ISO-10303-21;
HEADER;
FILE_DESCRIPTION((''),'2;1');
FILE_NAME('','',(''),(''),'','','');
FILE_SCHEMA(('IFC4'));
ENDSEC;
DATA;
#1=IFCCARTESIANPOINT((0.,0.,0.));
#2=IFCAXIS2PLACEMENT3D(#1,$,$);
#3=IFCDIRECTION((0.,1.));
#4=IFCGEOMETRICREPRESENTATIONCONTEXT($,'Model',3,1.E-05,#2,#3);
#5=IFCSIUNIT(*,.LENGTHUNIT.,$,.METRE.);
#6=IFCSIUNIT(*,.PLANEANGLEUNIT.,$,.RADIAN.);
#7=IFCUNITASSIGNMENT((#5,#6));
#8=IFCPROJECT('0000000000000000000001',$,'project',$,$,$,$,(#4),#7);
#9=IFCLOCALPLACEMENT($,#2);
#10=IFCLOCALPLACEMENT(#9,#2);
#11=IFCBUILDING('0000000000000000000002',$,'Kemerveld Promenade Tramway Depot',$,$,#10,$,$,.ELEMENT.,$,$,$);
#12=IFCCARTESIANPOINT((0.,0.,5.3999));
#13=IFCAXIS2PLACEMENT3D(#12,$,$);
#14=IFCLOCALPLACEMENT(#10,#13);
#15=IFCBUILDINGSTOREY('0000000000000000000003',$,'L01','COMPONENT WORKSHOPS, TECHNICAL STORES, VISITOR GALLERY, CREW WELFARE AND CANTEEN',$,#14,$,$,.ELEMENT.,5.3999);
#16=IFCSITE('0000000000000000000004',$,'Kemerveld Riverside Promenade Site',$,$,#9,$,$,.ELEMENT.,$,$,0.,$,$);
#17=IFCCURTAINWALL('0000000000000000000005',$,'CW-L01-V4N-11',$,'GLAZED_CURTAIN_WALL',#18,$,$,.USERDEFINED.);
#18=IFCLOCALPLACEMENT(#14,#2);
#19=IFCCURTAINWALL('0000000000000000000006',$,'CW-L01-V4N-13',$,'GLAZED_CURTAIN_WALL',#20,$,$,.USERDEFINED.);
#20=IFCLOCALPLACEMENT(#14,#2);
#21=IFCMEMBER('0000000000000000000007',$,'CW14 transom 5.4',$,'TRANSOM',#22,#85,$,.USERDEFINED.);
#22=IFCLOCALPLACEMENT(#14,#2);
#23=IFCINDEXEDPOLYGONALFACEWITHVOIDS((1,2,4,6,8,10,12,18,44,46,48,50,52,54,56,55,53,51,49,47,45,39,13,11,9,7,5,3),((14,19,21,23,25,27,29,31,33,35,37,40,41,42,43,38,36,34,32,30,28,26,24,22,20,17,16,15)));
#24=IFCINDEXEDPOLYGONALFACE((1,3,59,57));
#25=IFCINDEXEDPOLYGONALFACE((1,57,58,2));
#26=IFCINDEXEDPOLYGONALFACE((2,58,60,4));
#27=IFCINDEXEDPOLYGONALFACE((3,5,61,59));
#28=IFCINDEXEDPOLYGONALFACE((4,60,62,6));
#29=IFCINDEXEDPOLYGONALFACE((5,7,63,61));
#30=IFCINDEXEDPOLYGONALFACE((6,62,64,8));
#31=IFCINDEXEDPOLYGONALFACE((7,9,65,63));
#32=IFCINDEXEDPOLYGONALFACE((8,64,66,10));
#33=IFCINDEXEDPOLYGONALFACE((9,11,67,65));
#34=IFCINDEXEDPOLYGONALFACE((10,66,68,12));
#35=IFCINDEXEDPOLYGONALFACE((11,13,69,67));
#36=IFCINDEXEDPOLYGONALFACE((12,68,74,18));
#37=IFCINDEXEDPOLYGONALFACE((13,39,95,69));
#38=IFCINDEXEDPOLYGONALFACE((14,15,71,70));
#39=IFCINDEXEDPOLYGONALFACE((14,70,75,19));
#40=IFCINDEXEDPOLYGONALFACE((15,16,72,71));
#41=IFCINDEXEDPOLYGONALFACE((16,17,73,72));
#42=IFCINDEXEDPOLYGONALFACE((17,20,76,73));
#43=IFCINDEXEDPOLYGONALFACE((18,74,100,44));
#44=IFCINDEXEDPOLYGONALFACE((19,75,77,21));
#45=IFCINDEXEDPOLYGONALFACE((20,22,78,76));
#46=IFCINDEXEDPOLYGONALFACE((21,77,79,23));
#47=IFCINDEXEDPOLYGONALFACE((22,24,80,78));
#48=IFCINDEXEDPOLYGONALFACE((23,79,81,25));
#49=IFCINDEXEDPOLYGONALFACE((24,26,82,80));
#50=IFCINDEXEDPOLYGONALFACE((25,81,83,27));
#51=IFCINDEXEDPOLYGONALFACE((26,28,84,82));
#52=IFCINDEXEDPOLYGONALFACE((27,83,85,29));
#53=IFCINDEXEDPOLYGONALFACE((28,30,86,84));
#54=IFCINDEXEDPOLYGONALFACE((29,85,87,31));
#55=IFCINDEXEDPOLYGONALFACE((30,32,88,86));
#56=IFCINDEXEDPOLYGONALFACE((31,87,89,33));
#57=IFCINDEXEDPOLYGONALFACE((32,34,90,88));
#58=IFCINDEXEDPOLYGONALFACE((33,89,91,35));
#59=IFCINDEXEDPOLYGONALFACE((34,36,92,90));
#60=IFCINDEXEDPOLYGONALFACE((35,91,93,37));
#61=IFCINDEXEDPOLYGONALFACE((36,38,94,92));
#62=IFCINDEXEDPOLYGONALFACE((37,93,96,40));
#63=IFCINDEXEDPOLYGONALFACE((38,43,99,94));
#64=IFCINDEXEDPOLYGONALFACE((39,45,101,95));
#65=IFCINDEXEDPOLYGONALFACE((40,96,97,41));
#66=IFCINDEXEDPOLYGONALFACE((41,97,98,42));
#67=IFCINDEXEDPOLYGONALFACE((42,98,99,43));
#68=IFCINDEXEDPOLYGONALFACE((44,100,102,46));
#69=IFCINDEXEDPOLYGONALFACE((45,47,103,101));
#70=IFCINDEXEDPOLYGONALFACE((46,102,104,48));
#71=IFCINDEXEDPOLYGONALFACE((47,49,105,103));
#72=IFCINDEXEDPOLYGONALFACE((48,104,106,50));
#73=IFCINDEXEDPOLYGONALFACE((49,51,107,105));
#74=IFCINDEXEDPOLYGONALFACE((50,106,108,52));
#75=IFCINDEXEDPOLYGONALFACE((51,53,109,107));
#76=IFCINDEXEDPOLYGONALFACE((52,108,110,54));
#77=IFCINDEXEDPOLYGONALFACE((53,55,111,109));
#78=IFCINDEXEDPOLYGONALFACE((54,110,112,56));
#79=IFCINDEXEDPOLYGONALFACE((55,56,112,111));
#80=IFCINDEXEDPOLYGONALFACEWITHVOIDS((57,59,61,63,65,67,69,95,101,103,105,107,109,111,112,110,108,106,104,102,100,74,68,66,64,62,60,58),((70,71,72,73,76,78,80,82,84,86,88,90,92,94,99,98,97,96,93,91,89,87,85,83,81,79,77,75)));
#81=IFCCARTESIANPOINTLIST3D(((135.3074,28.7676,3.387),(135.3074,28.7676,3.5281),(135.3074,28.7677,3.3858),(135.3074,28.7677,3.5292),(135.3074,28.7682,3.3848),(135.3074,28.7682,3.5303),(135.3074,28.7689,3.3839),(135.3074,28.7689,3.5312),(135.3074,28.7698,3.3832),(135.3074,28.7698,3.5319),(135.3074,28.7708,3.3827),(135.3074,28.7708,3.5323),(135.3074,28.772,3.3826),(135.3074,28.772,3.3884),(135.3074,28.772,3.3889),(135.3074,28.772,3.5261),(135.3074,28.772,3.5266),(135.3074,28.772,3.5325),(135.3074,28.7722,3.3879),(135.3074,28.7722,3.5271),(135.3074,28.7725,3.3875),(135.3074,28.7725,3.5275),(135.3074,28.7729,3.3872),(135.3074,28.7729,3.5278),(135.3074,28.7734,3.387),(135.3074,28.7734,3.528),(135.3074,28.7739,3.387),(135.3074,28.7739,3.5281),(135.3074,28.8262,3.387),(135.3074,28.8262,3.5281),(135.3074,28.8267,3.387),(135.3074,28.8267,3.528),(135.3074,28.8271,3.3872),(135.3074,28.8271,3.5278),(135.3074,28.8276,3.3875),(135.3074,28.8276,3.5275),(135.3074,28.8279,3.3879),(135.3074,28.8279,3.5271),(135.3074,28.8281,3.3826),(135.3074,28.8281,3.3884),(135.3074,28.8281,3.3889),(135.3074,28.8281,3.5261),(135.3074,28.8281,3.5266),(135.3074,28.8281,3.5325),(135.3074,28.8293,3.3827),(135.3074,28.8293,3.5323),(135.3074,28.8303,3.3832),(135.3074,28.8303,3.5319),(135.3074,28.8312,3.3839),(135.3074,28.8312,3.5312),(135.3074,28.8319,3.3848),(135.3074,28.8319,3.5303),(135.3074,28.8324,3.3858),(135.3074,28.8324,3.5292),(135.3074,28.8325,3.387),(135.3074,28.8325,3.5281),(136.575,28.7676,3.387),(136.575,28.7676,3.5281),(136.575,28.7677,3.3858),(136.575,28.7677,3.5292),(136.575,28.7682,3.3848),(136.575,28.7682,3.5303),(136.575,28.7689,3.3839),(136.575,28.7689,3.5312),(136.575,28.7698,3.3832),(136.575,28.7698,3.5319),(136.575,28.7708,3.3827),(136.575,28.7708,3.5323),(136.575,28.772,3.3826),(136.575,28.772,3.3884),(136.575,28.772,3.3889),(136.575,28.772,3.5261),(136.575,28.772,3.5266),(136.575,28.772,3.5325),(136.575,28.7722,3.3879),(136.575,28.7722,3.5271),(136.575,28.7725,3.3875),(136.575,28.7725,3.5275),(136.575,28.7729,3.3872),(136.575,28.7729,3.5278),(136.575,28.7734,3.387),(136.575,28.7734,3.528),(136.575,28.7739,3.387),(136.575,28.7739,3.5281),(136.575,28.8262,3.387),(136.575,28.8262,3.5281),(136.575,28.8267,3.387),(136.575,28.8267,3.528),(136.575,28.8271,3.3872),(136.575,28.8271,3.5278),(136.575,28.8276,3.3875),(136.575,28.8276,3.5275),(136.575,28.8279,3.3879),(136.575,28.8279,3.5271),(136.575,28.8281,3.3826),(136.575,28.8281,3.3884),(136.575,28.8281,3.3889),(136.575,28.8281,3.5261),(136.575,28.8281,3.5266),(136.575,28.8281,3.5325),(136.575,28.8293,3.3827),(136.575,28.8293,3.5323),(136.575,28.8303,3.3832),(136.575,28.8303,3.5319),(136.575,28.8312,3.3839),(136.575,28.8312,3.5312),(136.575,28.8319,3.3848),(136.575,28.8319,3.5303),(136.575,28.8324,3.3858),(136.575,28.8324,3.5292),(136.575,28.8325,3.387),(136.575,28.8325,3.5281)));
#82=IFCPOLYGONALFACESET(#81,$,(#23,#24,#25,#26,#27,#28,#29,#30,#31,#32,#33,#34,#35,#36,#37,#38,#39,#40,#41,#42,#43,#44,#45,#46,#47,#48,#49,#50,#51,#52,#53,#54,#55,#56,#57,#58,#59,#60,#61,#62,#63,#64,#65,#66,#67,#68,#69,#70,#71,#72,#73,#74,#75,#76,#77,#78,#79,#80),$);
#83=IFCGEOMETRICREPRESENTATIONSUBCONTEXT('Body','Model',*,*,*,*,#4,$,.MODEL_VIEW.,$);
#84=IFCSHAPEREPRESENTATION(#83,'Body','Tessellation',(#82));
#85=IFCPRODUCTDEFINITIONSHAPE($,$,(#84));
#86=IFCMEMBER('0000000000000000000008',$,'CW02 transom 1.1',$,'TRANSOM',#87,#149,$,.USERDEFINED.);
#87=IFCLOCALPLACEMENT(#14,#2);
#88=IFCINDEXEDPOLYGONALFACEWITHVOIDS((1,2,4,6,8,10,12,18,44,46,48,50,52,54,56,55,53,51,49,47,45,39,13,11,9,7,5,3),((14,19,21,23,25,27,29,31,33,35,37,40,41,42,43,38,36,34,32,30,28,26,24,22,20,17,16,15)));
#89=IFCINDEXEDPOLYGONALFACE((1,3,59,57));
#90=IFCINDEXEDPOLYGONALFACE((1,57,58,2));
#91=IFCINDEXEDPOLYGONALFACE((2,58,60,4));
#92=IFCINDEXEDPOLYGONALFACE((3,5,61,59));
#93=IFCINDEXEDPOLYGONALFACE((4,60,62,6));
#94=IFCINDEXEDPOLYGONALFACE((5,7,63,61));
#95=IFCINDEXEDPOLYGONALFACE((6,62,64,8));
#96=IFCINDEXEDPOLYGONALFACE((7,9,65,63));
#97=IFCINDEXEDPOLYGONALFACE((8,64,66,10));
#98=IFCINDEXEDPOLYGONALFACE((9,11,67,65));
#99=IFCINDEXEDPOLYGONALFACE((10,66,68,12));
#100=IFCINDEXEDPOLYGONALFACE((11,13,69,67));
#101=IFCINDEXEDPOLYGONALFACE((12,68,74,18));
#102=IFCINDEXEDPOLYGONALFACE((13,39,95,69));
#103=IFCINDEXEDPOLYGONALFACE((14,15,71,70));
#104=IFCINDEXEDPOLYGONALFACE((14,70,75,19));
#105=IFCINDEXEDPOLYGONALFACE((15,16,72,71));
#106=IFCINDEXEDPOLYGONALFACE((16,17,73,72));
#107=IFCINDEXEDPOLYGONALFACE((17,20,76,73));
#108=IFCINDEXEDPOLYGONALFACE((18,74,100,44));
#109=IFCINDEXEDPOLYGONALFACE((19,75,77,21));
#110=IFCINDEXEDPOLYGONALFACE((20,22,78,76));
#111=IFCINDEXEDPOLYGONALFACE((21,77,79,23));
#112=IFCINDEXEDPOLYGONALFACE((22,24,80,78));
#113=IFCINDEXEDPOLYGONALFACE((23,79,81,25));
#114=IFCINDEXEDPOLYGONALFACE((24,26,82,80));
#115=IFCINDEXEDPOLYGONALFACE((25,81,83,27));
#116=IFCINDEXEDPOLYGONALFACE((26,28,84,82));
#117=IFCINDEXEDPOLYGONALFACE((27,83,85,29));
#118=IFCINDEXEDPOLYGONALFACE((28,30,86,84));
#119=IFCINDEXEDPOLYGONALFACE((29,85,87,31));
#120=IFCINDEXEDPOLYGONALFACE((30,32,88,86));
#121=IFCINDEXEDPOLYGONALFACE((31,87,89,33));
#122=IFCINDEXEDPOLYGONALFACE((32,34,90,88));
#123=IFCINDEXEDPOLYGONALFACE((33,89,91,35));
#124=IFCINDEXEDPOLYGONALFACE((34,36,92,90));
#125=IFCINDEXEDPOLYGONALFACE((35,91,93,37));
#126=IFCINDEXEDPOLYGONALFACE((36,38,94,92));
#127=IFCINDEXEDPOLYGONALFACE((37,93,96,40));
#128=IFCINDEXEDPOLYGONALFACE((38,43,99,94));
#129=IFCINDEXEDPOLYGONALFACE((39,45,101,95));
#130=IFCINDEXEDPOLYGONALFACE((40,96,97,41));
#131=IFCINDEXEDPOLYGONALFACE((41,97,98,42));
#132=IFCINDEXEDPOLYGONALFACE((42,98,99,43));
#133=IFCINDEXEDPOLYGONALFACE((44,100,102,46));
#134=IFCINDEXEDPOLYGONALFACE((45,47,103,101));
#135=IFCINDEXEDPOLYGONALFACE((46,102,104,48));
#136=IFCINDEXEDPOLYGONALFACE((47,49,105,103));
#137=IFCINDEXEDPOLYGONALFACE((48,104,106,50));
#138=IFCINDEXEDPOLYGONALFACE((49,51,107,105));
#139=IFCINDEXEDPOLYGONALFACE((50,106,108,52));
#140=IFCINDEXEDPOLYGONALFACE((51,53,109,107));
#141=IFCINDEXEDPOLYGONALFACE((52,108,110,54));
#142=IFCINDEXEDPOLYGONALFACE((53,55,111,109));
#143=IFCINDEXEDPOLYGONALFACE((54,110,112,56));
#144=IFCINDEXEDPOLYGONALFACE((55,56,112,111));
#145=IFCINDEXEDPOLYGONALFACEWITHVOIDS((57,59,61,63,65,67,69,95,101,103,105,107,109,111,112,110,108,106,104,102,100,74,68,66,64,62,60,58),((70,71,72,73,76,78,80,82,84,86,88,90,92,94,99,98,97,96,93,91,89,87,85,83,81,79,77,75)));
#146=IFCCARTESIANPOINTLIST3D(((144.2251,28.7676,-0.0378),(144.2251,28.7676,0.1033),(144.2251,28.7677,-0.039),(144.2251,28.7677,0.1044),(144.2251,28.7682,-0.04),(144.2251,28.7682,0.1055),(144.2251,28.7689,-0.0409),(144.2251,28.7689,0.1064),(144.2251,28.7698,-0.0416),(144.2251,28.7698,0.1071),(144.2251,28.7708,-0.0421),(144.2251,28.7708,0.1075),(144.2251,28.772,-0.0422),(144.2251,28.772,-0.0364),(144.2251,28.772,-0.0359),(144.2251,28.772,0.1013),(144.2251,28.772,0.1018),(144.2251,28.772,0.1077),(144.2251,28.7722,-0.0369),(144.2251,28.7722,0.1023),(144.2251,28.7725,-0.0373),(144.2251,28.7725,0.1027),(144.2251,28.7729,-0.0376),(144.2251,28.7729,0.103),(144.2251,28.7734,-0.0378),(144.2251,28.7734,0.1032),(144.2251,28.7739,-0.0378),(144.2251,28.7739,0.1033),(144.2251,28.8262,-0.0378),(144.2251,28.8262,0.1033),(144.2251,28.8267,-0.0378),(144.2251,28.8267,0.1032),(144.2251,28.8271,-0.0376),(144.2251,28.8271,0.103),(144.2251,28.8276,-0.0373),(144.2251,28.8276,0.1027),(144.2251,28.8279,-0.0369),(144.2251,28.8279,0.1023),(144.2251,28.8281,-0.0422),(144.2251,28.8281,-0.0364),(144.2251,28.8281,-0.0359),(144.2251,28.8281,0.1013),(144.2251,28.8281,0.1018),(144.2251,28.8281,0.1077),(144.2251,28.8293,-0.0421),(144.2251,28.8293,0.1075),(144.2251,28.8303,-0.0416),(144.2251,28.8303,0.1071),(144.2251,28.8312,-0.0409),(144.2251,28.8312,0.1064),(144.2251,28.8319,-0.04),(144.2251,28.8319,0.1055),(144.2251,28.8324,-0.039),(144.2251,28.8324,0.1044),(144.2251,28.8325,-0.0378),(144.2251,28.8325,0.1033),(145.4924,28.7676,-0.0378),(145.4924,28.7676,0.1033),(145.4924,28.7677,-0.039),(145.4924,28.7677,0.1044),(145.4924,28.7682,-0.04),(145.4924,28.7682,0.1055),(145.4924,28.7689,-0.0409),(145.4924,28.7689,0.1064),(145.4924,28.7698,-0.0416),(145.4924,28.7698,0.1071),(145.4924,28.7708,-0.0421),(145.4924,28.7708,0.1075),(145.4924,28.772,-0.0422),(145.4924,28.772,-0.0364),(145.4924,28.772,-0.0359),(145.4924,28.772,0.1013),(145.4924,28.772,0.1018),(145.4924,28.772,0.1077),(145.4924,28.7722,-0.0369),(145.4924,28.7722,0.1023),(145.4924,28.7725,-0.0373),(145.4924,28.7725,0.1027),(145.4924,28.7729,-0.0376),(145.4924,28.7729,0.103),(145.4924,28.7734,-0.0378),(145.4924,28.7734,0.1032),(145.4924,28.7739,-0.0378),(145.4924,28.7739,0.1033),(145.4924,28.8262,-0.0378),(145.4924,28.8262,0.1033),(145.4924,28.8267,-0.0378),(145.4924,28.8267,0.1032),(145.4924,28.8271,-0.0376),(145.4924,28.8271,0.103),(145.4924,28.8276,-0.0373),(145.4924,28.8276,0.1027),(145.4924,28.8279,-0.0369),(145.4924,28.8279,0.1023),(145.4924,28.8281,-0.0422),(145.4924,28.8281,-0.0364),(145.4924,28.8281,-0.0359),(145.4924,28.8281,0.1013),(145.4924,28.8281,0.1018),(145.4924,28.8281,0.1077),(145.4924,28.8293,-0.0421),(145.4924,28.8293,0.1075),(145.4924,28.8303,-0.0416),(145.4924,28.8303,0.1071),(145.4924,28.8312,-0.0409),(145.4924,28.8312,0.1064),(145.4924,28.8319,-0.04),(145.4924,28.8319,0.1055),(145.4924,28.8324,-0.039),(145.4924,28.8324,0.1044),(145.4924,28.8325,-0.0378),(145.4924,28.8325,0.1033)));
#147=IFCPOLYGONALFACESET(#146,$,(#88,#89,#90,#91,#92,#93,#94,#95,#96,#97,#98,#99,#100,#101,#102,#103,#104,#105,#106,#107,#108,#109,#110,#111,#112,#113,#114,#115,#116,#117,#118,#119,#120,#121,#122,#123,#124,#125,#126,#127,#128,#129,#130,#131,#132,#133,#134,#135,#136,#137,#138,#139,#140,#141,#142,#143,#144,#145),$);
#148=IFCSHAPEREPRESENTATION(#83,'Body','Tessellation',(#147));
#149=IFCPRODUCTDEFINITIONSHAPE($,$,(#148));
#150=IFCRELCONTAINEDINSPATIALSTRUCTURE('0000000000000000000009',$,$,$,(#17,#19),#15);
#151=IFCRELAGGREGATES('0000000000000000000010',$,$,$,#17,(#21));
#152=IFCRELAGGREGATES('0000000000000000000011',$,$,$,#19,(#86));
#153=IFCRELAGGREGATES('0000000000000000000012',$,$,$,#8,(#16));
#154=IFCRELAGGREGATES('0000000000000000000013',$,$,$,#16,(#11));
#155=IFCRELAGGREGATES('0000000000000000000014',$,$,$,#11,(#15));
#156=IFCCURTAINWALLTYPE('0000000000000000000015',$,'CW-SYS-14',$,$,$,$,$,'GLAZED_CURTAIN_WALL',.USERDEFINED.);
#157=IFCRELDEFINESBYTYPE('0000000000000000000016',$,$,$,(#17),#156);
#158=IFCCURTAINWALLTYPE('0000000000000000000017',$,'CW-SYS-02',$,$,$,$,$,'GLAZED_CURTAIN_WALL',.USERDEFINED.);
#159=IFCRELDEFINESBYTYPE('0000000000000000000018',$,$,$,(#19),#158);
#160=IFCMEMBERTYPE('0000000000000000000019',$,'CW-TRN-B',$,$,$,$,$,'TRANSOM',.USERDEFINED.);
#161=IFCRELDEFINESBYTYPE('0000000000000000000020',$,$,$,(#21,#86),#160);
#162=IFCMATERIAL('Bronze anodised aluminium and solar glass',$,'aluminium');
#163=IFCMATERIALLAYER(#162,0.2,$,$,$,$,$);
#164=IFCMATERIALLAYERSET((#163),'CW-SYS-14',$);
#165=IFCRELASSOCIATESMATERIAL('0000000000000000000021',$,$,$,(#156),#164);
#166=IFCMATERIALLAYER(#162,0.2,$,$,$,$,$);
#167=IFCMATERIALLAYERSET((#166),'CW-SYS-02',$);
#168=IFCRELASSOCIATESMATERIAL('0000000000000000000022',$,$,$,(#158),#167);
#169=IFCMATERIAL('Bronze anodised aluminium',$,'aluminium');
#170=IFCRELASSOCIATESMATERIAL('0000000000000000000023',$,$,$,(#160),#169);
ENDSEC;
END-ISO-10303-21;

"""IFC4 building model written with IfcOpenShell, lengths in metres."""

from ifc_helpers import new_model, si_unit, direction, frame, origin, origin_2d, place, context, subcontext, project, spatial, hollow_rectangle, extrude, material, layer, layer_set, material_profile, profile_set, type_object, element, aggregate, save


model = new_model("IFC4")

# Units and contexts
model_context = context("Model", 3, precision=1e-05, world=origin(), true_north=direction((0.0, 1.0)))
body_context = subcontext(model_context, "Body", "Model", "MODEL_VIEW")
ifc_project = project(units=[si_unit("LENGTHUNIT", "METRE"), si_unit("PLANEANGLEUNIT", "RADIAN")], contexts=[model_context])

# Site, building, storey
site_placement = place(None, origin())
site = spatial("IfcSite", under=ifc_project, at=site_placement, Name="Kemerveld Riverside Promenade Site", CompositionType="ELEMENT", RefElevation=0.0)
building_placement = place(site_placement, origin())
building = spatial("IfcBuilding", under=site, at=building_placement, Name="Kemerveld Promenade Tramway Depot", CompositionType="ELEMENT")
storey_placement = place(building_placement, frame((0.0, 0.0, 5.3999)))
storey = spatial("IfcBuildingStorey", under=building, at=storey_placement, Name="L01", Description="COMPONENT WORKSHOPS, TECHNICAL STORES, VISITOR GALLERY, CREW WELFARE AND CANTEEN", CompositionType="ELEMENT", Elevation=5.3999)

# Curtain wall
ifc_material_1 = material(Name="Bronze anodised aluminium and solar glass", Category="aluminium")
ifc_layer_1 = layer(ifc_material_1, 0.2)
ifc_layer_set_1 = layer_set([ifc_layer_1], Name="CW-SYS-14")
curtain_wall_type_1 = type_object("IfcCurtainWallType", Name="CW-SYS-14", ElementType="GLAZED_CURTAIN_WALL", PredefinedType="USERDEFINED", material=ifc_layer_set_1)
curtain_wall_1_placement = place(storey_placement, origin())
curtain_wall_1 = element("IfcCurtainWall", 1, at=curtain_wall_1_placement, inside=storey, type_object=curtain_wall_type_1, Name="CW-L01-V4N-11", ObjectType="GLAZED_CURTAIN_WALL", PredefinedType="USERDEFINED")
ifc_material_2 = material(Name="Bronze anodised aluminium", Category="aluminium")

# Curtain wall
ifc_layer_2 = layer(ifc_material_1, 0.2)
ifc_layer_set_2 = layer_set([ifc_layer_2], Name="CW-SYS-02")
curtain_wall_type_2 = type_object("IfcCurtainWallType", Name="CW-SYS-02", ElementType="GLAZED_CURTAIN_WALL", PredefinedType="USERDEFINED", material=ifc_layer_set_2)
curtain_wall_2_placement = place(storey_placement, origin())
curtain_wall_2 = element("IfcCurtainWall", 2, at=curtain_wall_2_placement, inside=storey, type_object=curtain_wall_type_2, Name="CW-L01-V4N-13", ObjectType="GLAZED_CURTAIN_WALL", PredefinedType="USERDEFINED")

# Members
ifc_material_profile_1 = material_profile(ifc_material_2, hollow_rectangle(XDim=0.0649, YDim=0.1499, WallThickness=0.0044, InnerFilletRadius=0.002, OuterFilletRadius=0.0044, at=origin_2d()), Name="CW-TRN-150x65")
ifc_profile_set_1 = profile_set([ifc_material_profile_1], Name="Bronze anodised aluminium")
member_type_1 = type_object("IfcMemberType", Name="CW-TRN-B", ElementType="TRANSOM", PredefinedType="USERDEFINED", material=ifc_profile_set_1)
member_1_placement = place(storey_placement, frame((135.3074, 28.8, 3.4575), z_axis=(1.0, 0.0, 0.0), x_axis=(0.0, 1.0, 0.0)))
member_1 = element("IfcMember", 3, at=member_1_placement, type_object=member_type_1, Name="CW14 transom 5.4", ObjectType="TRANSOM", PredefinedType="USERDEFINED", context=body_context, shape_type="SweptSolid", body=[
    extrude(hollow_rectangle(XDim=0.0649, YDim=0.1499, WallThickness=0.0044, InnerFilletRadius=0.002, OuterFilletRadius=0.0044, at=origin_2d()), origin(), (0.0, 0.0, 1.0), 1.2676),
])
member_2_placement = place(storey_placement, frame((144.2251, 28.8, 0.0327), z_axis=(1.0, 0.0, 0.0), x_axis=(0.0, 1.0, 0.0)))
member_2 = element("IfcMember", 4, at=member_2_placement, type_object=member_type_1, Name="CW02 transom 1.1", ObjectType="TRANSOM", PredefinedType="USERDEFINED", context=body_context, shape_type="SweptSolid", body=[
    extrude(hollow_rectangle(XDim=0.0649, YDim=0.1499, WallThickness=0.0044, InnerFilletRadius=0.002, OuterFilletRadius=0.0044, at=origin_2d()), origin(), (0.0, 0.0, 1.0), 1.2673),
])

aggregate(curtain_wall_1, [member_1])
aggregate(curtain_wall_2, [member_2])

save(model, "model.ifc")
